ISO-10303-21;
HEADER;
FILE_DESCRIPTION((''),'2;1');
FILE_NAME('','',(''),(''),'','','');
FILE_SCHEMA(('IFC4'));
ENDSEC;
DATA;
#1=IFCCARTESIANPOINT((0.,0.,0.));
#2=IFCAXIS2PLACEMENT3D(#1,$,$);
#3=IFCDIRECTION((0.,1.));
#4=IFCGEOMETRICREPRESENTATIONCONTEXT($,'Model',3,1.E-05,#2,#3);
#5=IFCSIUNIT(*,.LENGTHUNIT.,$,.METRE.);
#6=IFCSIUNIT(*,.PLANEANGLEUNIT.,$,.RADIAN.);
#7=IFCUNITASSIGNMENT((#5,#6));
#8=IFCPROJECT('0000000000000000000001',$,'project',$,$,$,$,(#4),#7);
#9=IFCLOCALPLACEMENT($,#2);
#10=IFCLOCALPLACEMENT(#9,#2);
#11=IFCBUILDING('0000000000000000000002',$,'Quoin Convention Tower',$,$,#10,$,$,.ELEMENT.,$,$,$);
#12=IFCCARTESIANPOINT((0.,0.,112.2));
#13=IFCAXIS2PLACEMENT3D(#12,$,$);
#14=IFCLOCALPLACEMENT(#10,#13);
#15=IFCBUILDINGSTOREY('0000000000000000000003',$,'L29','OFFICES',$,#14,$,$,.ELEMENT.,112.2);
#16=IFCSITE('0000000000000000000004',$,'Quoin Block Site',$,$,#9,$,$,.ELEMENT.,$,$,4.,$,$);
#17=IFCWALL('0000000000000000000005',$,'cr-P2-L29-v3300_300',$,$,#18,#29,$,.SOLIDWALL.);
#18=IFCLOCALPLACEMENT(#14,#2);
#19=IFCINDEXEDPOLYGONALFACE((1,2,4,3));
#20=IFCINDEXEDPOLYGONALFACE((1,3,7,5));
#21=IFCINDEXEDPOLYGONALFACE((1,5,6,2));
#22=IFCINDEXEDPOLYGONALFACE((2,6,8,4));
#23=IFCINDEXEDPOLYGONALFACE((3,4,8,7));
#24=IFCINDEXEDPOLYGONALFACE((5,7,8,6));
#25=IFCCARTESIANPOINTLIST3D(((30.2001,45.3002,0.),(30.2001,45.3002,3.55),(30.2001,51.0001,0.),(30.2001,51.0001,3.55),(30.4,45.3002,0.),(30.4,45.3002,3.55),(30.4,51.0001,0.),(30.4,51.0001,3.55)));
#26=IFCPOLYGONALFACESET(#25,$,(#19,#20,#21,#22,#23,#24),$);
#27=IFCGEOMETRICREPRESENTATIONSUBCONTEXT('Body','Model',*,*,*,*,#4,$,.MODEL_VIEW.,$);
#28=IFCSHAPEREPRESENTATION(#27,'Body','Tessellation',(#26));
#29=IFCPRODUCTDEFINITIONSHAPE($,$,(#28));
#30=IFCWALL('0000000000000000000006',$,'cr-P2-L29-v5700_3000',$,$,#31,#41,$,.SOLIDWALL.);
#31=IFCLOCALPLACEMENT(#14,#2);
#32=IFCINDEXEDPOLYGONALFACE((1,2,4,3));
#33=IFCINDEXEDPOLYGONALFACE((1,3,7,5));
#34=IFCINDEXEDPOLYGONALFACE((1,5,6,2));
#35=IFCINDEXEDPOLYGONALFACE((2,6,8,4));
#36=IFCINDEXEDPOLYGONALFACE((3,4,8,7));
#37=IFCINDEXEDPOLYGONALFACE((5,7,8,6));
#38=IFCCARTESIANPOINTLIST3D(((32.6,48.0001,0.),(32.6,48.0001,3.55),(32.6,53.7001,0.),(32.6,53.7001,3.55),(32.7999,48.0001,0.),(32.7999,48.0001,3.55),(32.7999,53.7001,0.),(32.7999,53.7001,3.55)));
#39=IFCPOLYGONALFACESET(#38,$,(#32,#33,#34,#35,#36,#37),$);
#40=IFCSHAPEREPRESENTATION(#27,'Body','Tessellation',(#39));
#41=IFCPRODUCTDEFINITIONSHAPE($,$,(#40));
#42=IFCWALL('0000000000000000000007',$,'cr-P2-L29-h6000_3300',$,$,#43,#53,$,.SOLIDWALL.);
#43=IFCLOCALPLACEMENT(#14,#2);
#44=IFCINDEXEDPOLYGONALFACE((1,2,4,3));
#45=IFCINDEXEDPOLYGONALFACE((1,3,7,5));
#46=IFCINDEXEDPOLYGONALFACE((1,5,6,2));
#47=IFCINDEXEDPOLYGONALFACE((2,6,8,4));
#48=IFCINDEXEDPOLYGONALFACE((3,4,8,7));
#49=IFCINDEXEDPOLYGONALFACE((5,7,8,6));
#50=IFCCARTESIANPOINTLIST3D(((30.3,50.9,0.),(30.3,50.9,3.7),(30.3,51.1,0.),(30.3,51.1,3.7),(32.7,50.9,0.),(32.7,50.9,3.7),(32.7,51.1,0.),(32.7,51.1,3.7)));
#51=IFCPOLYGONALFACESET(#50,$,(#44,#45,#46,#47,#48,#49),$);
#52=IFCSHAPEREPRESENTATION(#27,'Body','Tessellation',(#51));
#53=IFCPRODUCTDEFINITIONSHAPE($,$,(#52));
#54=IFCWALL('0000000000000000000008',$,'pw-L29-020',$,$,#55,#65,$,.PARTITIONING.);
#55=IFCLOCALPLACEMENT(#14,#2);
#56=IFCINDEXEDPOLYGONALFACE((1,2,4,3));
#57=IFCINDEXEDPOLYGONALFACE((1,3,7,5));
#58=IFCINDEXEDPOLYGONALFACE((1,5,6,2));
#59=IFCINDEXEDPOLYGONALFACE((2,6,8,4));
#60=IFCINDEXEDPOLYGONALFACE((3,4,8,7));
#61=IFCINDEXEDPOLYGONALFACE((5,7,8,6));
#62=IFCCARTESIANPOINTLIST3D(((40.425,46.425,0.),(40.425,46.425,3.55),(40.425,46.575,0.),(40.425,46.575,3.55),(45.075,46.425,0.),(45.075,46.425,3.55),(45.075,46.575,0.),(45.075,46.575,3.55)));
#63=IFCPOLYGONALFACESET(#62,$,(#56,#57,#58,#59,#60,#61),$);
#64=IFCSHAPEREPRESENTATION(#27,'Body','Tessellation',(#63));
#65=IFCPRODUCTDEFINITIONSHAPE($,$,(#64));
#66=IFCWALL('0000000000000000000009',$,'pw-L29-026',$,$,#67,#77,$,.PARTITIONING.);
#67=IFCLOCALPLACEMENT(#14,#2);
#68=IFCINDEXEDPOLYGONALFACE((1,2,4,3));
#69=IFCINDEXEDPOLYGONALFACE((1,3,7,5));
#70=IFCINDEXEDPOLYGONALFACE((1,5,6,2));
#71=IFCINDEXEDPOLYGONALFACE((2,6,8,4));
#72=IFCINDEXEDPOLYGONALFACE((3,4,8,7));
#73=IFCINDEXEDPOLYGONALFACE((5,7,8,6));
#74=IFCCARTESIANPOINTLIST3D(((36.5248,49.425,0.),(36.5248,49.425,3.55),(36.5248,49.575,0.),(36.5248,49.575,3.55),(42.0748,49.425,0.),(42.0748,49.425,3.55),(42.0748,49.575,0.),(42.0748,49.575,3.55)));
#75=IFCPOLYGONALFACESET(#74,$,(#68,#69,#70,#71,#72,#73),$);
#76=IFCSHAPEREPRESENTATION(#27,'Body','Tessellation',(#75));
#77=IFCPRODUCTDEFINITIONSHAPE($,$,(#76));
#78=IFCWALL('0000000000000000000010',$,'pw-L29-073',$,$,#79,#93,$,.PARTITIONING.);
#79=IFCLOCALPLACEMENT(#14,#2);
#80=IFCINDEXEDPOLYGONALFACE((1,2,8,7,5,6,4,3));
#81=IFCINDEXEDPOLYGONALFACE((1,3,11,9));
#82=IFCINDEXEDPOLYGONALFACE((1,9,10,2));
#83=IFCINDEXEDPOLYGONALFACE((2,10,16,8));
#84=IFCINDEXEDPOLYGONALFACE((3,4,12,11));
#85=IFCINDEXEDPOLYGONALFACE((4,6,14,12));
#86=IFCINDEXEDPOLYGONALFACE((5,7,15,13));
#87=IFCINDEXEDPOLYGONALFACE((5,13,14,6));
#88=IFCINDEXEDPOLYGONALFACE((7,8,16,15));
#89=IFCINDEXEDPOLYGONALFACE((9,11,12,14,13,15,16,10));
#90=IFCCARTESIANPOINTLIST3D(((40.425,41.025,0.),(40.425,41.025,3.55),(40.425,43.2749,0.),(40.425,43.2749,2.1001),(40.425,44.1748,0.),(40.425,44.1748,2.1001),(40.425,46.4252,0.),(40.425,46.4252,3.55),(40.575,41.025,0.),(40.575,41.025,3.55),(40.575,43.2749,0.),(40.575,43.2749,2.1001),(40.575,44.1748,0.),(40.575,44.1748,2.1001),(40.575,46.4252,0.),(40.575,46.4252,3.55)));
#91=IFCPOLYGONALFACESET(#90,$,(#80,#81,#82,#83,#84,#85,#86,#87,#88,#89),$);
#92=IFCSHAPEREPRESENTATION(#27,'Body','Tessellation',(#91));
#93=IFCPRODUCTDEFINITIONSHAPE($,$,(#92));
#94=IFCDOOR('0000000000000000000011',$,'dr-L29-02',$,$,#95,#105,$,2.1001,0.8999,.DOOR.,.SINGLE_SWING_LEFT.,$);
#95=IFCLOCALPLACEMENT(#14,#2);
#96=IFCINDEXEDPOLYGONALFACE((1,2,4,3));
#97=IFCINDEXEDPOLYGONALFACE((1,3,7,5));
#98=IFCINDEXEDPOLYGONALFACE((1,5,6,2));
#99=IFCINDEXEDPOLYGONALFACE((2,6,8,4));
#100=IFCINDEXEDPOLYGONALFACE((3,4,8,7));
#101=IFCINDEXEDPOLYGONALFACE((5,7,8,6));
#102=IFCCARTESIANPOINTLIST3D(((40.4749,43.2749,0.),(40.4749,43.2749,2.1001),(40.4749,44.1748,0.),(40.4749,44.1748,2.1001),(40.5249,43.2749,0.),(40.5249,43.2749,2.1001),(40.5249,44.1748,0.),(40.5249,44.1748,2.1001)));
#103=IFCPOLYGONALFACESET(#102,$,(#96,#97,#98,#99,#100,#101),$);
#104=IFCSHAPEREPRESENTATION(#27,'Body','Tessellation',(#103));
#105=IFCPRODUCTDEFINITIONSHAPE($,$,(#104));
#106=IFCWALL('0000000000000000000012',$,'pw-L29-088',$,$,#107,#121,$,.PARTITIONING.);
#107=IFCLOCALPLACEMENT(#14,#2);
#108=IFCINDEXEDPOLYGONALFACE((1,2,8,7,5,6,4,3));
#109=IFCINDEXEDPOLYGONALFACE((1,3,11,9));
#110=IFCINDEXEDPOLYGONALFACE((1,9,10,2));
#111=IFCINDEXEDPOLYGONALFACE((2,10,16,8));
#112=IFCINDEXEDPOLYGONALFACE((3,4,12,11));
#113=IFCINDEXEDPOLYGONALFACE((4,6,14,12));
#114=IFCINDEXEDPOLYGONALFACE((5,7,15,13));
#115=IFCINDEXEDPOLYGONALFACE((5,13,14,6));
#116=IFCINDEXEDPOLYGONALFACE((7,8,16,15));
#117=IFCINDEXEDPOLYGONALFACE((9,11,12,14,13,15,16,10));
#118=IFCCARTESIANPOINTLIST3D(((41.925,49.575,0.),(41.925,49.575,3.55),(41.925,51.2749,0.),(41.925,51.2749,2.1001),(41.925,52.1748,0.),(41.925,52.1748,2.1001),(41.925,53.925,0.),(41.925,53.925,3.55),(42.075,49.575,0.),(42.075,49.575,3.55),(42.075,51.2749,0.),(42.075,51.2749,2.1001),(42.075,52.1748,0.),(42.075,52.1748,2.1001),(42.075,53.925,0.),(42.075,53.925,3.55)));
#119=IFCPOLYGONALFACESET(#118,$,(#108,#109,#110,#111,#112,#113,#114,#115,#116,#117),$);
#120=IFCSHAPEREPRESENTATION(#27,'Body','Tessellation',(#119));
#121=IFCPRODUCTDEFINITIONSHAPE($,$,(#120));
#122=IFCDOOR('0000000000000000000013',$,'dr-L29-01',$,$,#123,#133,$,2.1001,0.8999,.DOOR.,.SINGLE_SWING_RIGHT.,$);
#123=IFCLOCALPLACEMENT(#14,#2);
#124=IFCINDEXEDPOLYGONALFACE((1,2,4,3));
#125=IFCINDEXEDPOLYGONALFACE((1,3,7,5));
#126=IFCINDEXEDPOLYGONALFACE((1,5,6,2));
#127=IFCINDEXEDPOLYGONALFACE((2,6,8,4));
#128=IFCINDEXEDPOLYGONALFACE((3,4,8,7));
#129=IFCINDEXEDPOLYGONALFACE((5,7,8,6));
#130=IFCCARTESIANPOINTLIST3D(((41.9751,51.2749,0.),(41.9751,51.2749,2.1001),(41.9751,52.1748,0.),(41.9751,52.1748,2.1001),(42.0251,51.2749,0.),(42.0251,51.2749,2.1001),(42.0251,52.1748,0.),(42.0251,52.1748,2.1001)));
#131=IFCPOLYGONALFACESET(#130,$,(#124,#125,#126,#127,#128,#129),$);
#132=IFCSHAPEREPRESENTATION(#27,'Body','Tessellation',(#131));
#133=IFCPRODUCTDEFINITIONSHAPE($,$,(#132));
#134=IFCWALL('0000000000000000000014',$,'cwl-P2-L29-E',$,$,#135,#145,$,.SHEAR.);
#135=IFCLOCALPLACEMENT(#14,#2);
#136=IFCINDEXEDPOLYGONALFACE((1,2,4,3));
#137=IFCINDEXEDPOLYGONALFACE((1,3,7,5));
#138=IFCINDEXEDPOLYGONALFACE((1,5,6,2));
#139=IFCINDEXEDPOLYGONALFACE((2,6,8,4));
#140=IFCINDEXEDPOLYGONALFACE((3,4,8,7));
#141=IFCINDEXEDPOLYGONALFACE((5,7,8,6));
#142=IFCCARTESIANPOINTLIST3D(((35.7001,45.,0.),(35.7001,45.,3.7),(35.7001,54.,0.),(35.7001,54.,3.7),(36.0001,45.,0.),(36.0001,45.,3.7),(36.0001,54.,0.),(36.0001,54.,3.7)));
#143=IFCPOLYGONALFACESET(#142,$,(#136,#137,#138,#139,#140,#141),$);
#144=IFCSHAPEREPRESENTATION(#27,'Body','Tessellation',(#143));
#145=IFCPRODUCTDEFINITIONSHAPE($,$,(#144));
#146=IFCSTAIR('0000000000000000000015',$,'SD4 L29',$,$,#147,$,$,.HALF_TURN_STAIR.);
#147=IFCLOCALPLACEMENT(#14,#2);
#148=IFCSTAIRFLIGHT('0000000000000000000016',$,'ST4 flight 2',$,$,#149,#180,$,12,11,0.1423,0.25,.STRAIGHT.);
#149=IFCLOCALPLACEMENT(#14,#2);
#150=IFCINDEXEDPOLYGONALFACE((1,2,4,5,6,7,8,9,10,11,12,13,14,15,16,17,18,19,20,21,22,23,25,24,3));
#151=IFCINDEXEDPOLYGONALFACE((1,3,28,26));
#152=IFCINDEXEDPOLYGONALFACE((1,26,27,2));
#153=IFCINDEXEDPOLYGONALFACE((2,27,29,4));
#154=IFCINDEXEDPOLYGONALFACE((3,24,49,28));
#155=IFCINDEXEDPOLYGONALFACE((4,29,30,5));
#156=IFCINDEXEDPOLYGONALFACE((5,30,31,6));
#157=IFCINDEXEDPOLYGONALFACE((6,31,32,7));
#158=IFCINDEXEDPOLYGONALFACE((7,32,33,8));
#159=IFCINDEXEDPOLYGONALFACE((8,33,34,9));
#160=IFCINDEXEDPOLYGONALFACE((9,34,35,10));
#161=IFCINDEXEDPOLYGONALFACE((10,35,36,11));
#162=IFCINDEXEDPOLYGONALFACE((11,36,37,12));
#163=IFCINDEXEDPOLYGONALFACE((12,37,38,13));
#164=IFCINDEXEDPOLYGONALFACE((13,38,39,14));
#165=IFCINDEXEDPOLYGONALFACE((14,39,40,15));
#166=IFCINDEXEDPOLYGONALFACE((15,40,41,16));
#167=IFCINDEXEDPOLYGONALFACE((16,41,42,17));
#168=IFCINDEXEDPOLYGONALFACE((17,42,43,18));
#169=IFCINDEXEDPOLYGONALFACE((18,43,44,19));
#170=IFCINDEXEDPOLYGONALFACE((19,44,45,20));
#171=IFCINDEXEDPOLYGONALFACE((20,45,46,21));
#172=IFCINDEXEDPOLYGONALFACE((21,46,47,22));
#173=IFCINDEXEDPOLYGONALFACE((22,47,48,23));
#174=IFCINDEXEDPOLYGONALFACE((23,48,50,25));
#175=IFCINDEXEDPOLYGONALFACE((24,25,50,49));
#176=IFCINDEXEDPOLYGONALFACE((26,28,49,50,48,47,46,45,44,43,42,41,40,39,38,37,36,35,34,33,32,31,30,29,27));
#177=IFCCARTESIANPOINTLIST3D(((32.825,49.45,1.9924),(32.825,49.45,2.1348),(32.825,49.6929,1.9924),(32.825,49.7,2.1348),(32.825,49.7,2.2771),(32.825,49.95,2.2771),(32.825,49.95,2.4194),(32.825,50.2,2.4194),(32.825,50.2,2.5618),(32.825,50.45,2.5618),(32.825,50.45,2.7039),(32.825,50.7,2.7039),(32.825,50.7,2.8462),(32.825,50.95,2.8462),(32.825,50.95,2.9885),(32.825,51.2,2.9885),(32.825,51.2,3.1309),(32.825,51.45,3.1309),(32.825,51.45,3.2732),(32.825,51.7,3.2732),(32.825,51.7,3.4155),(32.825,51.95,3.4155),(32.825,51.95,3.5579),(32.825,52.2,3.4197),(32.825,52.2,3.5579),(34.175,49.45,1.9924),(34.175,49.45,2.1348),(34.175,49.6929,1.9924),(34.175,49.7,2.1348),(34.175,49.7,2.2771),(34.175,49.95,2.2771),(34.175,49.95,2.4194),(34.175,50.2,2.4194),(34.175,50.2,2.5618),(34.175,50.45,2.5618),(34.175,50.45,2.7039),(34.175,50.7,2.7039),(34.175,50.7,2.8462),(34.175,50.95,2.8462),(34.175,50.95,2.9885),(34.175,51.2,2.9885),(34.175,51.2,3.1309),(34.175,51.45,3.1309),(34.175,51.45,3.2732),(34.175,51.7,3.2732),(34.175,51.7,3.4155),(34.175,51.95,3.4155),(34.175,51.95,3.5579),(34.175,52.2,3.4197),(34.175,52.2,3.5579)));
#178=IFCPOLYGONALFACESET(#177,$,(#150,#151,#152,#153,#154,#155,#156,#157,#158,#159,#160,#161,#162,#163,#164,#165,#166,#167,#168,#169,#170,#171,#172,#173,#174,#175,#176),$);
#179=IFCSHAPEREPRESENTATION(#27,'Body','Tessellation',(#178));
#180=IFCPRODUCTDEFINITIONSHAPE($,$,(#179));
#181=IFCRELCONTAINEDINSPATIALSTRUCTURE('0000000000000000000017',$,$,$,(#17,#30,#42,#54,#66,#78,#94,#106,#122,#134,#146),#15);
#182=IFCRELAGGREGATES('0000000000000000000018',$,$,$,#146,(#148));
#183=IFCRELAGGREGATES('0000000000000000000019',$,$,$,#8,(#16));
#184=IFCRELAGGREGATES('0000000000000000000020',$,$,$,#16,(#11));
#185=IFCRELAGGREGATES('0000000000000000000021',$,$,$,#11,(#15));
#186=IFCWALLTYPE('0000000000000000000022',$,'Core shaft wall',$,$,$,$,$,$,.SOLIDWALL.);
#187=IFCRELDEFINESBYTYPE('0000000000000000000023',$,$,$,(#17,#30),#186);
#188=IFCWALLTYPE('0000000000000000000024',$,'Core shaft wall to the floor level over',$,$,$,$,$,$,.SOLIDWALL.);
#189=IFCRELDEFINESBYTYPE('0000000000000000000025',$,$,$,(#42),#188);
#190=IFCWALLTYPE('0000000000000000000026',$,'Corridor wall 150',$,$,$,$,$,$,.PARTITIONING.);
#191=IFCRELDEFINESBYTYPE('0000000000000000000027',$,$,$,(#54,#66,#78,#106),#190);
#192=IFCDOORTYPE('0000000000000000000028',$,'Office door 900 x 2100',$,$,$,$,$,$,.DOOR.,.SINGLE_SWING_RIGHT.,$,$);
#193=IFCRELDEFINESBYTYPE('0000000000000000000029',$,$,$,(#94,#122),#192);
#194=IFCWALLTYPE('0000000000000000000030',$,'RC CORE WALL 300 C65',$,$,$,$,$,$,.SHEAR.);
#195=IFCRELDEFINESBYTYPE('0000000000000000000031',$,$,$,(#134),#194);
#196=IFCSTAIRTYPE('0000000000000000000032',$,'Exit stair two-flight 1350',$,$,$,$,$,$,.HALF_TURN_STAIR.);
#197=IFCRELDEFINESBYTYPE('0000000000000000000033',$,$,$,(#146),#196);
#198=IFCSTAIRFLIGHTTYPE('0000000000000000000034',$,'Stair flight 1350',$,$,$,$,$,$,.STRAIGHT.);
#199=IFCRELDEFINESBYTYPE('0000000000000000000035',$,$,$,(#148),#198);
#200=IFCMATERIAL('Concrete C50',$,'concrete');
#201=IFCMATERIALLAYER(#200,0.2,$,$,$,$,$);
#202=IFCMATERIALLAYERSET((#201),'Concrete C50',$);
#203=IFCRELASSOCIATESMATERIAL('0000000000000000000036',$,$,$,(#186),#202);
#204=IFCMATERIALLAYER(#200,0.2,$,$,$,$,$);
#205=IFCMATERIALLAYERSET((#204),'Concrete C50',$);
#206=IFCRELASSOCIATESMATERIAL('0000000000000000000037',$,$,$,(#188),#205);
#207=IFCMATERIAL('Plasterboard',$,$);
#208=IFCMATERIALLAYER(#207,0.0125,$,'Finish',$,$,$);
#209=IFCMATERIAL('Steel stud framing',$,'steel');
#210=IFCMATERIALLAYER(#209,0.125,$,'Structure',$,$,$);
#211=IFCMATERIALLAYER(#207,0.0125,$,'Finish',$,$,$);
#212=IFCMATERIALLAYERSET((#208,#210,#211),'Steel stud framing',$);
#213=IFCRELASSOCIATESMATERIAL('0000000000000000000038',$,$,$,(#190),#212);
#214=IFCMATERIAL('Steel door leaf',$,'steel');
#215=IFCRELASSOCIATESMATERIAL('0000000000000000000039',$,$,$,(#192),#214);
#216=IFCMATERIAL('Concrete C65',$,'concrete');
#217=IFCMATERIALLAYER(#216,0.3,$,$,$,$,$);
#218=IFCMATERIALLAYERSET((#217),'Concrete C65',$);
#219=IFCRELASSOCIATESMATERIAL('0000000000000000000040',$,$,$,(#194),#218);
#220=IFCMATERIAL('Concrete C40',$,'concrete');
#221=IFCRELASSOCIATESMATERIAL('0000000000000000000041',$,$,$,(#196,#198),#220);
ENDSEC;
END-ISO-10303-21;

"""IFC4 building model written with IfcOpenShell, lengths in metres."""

from ifc_helpers import new_model, si_unit, direction, frame, frame_2d, origin, place, context, subcontext, project, spatial, polyline, rectangle, outline, extrude, material, layer, layer_set, type_object, element, fill, aggregate, save


model = new_model("IFC4")

# Units and contexts
model_context = context("Model", 3, precision=1e-05, world=origin(), true_north=direction((0.0, 1.0)))
body_context = subcontext(model_context, "Body", "Model", "MODEL_VIEW")
ifc_project = project(units=[si_unit("LENGTHUNIT", "METRE"), si_unit("PLANEANGLEUNIT", "RADIAN")], contexts=[model_context])

# Site, building, storey
site_placement = place(None, origin())
site = spatial("IfcSite", under=ifc_project, at=site_placement, Name="Quoin Block Site", CompositionType="ELEMENT", RefElevation=4.0)
building_placement = place(site_placement, origin())
building = spatial("IfcBuilding", under=site, at=building_placement, Name="Quoin Convention Tower", CompositionType="ELEMENT")
storey_placement = place(building_placement, frame((0.0, 0.0, 112.2)))
storey = spatial("IfcBuildingStorey", under=building, at=storey_placement, Name="L29", Description="OFFICES", CompositionType="ELEMENT", Elevation=112.2)

# Shared definitions
ifc_material_1 = material(Name="Concrete C65", Category="concrete")

# Walls
ifc_material_2 = material(Name="Concrete C50", Category="concrete")
ifc_layer_1 = layer(ifc_material_2, 0.2)
ifc_layer_set_1 = layer_set([ifc_layer_1], Name="Concrete C50")
wall_type_1 = type_object("IfcWallType", Name="Core shaft wall", PredefinedType="SOLIDWALL", material=ifc_layer_set_1)
for number, where, z_axis, x_axis, name in (
    (1, (30.3, 45.3, 0.0), (0.0, 0.0, 1.0), (0.0, 1.0, 0.0), "cr-P2-L29-v3300_300"),
    (2, (32.7, 48.0, 0.0), (0.0, 0.0, 1.0), (0.0, 1.0, 0.0), "cr-P2-L29-v5700_3000"),
):
    element("IfcWall", number, at=place(storey_placement, frame(where, z_axis=z_axis, x_axis=x_axis)), inside=storey, type_object=wall_type_1, Name=name, PredefinedType="SOLIDWALL", context=body_context, shape_type="SweptSolid", body=[
        extrude(rectangle(XDim=5.7, YDim=0.2, at=frame_2d((2.8501, 0.0))), origin(), (0.0, 0.0, 1.0), 3.55),
    ])
ifc_layer_2 = layer(ifc_material_2, 0.2)
ifc_layer_set_2 = layer_set([ifc_layer_2], Name="Concrete C50")
wall_type_2 = type_object("IfcWallType", Name="Core shaft wall to the floor level over", PredefinedType="SOLIDWALL", material=ifc_layer_set_2)
wall_1_placement = place(storey_placement, frame((30.3, 51.0, 0.0), z_axis=(0.0, 0.0, 1.0), x_axis=(1.0, 0.0, 0.0)))
element("IfcWall", 3, at=wall_1_placement, inside=storey, type_object=wall_type_2, Name="cr-P2-L29-h6000_3300", PredefinedType="SOLIDWALL", context=body_context, shape_type="SweptSolid", body=[
    extrude(rectangle(XDim=2.3999, YDim=0.2, at=frame_2d((1.2, 0.0))), origin(), (0.0, 0.0, 1.0), 3.7),
])
ifc_material_3 = material(Name="Plasterboard")
ifc_layer_3 = layer(ifc_material_3, 0.0125, Name="Finish")
ifc_material_4 = material(Name="Steel stud framing", Category="steel")
ifc_layer_4 = layer(ifc_material_4, 0.125, Name="Structure")
ifc_layer_5 = layer(ifc_material_3, 0.0125, Name="Finish")
ifc_layer_set_3 = layer_set([ifc_layer_3, ifc_layer_4, ifc_layer_5], Name="Steel stud framing")
wall_type_3 = type_object("IfcWallType", Name="Corridor wall 150", PredefinedType="PARTITIONING", material=ifc_layer_set_3)
wall_2_placement = place(storey_placement, frame((40.425, 46.5, 0.0), z_axis=(0.0, 0.0, 1.0), x_axis=(1.0, 0.0, 0.0)))
element("IfcWall", 4, at=wall_2_placement, inside=storey, type_object=wall_type_3, Name="pw-L29-020", PredefinedType="PARTITIONING", context=body_context, shape_type="SweptSolid", body=[
    extrude(rectangle(XDim=4.6499, YDim=0.1499, at=frame_2d((2.325, 0.0))), origin(), (0.0, 0.0, 1.0), 3.55),
])
wall_3_placement = place(storey_placement, frame((36.5249, 49.5, 0.0), z_axis=(0.0, 0.0, 1.0), x_axis=(1.0, 0.0, 0.0)))
element("IfcWall", 5, at=wall_3_placement, inside=storey, type_object=wall_type_3, Name="pw-L29-026", PredefinedType="PARTITIONING", context=body_context, shape_type="SweptSolid", body=[
    extrude(rectangle(XDim=5.55, YDim=0.1499, at=frame_2d((2.7749, 0.0))), origin(), (0.0, 0.0, 1.0), 3.55),
])

# Walls, openings, doors
wall_4_placement = place(storey_placement, frame((40.5, 41.0249, 0.0), z_axis=(0.0, 0.0, 1.0), x_axis=(0.0, 1.0, 0.0)))
wall_4 = element("IfcWall", 6, at=wall_4_placement, inside=storey, type_object=wall_type_3, Name="pw-L29-073", PredefinedType="PARTITIONING", context=body_context, shape_type="SweptSolid", body=[
    extrude(rectangle(XDim=5.4001, YDim=0.1499, at=frame_2d((2.7002, 0.0))), origin(), (0.0, 0.0, 1.0), 3.55),
])
opening_1_placement = place(wall_4_placement, frame((2.25, 0.0, 0.0)))
opening_1 = element("IfcOpeningElement", 7, at=opening_1_placement, cuts=wall_4, PredefinedType="OPENING", context=body_context, shape_type="SweptSolid", body=[
    extrude(rectangle(XDim=0.8999, YDim=2.1001, at=frame_2d((0.45, 1.05))), frame((0.0, 0.085, 0.0), z_axis=(0.0, -1.0, 0.0), x_axis=(1.0, 0.0, 0.0)), (0.0, 0.0, 1.0), 0.1699),
])
ifc_material_5 = material(Name="Steel door leaf", Category="steel")
door_type = type_object("IfcDoorType", Name="Office door 900 x 2100", OperationType="SINGLE_SWING_RIGHT", PredefinedType="DOOR", material=ifc_material_5)
door_1_placement = place(opening_1_placement, frame((0.8999, 0.0, 0.0), z_axis=(0.0, 0.0, 1.0), x_axis=(-1.0, 0.0, 0.0)))
door_1 = element("IfcDoor", 8, at=door_1_placement, inside=storey, type_object=door_type, Name="dr-L29-02", OperationType="SINGLE_SWING_LEFT", OverallHeight=2.1001, OverallWidth=0.8999, PredefinedType="DOOR", context=body_context, shape_type="SweptSolid", body=[
    extrude(rectangle(XDim=0.8999, YDim=2.1001, at=frame_2d((0.45, 1.05))), frame((0.0, 0.0249, 0.0), z_axis=(0.0, -1.0, 0.0), x_axis=(1.0, 0.0, 0.0)), (0.0, 0.0, 1.0), 0.05),
])
fill(opening_1, door_1)
wall_5_placement = place(storey_placement, frame((42.0, 49.575, 0.0), z_axis=(0.0, 0.0, 1.0), x_axis=(0.0, 1.0, 0.0)))
wall_5 = element("IfcWall", 9, at=wall_5_placement, inside=storey, type_object=wall_type_3, Name="pw-L29-088", PredefinedType="PARTITIONING", context=body_context, shape_type="SweptSolid", body=[
    extrude(rectangle(XDim=4.3501, YDim=0.1499, at=frame_2d((2.175, 0.0))), origin(), (0.0, 0.0, 1.0), 3.55),
])
opening_2_placement = place(wall_5_placement, frame((1.7, 0.0, 0.0)))
opening_2 = element("IfcOpeningElement", 10, at=opening_2_placement, cuts=wall_5, PredefinedType="OPENING", context=body_context, shape_type="SweptSolid", body=[
    extrude(rectangle(XDim=0.8999, YDim=2.1001, at=frame_2d((0.45, 1.05))), frame((0.0, 0.085, 0.0), z_axis=(0.0, -1.0, 0.0), x_axis=(1.0, 0.0, 0.0)), (0.0, 0.0, 1.0), 0.1699),
])
door_2_placement = place(opening_2_placement, origin())
door_2 = element("IfcDoor", 11, at=door_2_placement, inside=storey, type_object=door_type, Name="dr-L29-01", OperationType="SINGLE_SWING_RIGHT", OverallHeight=2.1001, OverallWidth=0.8999, PredefinedType="DOOR", context=body_context, shape_type="SweptSolid", body=[
    extrude(rectangle(XDim=0.8999, YDim=2.1001, at=frame_2d((0.45, 1.05))), frame((0.0, 0.0249, 0.0), z_axis=(0.0, -1.0, 0.0), x_axis=(1.0, 0.0, 0.0)), (0.0, 0.0, 1.0), 0.05),
])
fill(opening_2, door_2)

# Wall
ifc_layer_6 = layer(ifc_material_1, 0.3)
ifc_layer_set_4 = layer_set([ifc_layer_6], Name="Concrete C65")
wall_type_4 = type_object("IfcWallType", Name="RC CORE WALL 300 C65", PredefinedType="SHEAR", material=ifc_layer_set_4)
wall_6_placement = place(storey_placement, frame((35.8501, 45.0, 0.0), z_axis=(0.0, 0.0, 1.0), x_axis=(0.0, 1.0, 0.0)))
element("IfcWall", 12, at=wall_6_placement, inside=storey, type_object=wall_type_4, Name="cwl-P2-L29-E", PredefinedType="SHEAR", context=body_context, shape_type="SweptSolid", body=[
    extrude(rectangle(XDim=9.0, YDim=0.3, at=frame_2d((4.5, 0.0))), origin(), (0.0, 0.0, 1.0), 3.7),
])

# Stair, stair flight
ifc_material_6 = material(Name="Concrete C40", Category="concrete")
stair_type = type_object("IfcStairType", Name="Exit stair two-flight 1350", PredefinedType="HALF_TURN_STAIR", material=ifc_material_6)
stair_placement = place(storey_placement, origin())
stair = element("IfcStair", 13, at=stair_placement, inside=storey, type_object=stair_type, Name="SD4 L29", PredefinedType="HALF_TURN_STAIR")
stair_flight_type = type_object("IfcStairFlightType", Name="Stair flight 1350", PredefinedType="STRAIGHT", material=ifc_material_6)
stair_flight_placement = place(storey_placement, frame((33.5, 49.45, 1.9924), z_axis=(0.0, 0.0, 1.0), x_axis=(0.0, 1.0, 0.0)))
stair_flight = element("IfcStairFlight", 14, at=stair_flight_placement, type_object=stair_flight_type, Name="ST4 flight 2", NumberOfRisers=12, NumberOfTreads=11, PredefinedType="STRAIGHT", RiserHeight=0.1423, TreadLength=0.25, context=body_context, shape_type="SweptSolid", body=[
    extrude(outline(polyline([(0.0, 0.0), (0.0, 0.1423), (0.25, 0.1423), (0.25, 0.2847), (0.5, 0.2847), (0.5, 0.427), (0.75, 0.427), (0.75, 0.5693), (1.0, 0.5693), (1.0, 0.7114), (1.25, 0.7114), (1.25, 0.8538), (1.5, 0.8538), (1.5, 0.9961), (1.75, 0.9961), (1.75, 1.1384), (2.0, 1.1384), (2.0, 1.2808), (2.25, 1.2808), (2.25, 1.4231), (2.5, 1.4231), (2.5, 1.5654), (2.75, 1.5654), (2.75, 1.7078), (2.75, 1.4272), (0.2429, 0.0), (0.0, 0.0)])), frame((0.0, 0.675, 0.0), z_axis=(0.0, -1.0, 0.0), x_axis=(1.0, 0.0, 0.0)), (0.0, 0.0, 1.0), 1.3501),
])
aggregate(stair, [stair_flight])

save(model, "model.ifc")
